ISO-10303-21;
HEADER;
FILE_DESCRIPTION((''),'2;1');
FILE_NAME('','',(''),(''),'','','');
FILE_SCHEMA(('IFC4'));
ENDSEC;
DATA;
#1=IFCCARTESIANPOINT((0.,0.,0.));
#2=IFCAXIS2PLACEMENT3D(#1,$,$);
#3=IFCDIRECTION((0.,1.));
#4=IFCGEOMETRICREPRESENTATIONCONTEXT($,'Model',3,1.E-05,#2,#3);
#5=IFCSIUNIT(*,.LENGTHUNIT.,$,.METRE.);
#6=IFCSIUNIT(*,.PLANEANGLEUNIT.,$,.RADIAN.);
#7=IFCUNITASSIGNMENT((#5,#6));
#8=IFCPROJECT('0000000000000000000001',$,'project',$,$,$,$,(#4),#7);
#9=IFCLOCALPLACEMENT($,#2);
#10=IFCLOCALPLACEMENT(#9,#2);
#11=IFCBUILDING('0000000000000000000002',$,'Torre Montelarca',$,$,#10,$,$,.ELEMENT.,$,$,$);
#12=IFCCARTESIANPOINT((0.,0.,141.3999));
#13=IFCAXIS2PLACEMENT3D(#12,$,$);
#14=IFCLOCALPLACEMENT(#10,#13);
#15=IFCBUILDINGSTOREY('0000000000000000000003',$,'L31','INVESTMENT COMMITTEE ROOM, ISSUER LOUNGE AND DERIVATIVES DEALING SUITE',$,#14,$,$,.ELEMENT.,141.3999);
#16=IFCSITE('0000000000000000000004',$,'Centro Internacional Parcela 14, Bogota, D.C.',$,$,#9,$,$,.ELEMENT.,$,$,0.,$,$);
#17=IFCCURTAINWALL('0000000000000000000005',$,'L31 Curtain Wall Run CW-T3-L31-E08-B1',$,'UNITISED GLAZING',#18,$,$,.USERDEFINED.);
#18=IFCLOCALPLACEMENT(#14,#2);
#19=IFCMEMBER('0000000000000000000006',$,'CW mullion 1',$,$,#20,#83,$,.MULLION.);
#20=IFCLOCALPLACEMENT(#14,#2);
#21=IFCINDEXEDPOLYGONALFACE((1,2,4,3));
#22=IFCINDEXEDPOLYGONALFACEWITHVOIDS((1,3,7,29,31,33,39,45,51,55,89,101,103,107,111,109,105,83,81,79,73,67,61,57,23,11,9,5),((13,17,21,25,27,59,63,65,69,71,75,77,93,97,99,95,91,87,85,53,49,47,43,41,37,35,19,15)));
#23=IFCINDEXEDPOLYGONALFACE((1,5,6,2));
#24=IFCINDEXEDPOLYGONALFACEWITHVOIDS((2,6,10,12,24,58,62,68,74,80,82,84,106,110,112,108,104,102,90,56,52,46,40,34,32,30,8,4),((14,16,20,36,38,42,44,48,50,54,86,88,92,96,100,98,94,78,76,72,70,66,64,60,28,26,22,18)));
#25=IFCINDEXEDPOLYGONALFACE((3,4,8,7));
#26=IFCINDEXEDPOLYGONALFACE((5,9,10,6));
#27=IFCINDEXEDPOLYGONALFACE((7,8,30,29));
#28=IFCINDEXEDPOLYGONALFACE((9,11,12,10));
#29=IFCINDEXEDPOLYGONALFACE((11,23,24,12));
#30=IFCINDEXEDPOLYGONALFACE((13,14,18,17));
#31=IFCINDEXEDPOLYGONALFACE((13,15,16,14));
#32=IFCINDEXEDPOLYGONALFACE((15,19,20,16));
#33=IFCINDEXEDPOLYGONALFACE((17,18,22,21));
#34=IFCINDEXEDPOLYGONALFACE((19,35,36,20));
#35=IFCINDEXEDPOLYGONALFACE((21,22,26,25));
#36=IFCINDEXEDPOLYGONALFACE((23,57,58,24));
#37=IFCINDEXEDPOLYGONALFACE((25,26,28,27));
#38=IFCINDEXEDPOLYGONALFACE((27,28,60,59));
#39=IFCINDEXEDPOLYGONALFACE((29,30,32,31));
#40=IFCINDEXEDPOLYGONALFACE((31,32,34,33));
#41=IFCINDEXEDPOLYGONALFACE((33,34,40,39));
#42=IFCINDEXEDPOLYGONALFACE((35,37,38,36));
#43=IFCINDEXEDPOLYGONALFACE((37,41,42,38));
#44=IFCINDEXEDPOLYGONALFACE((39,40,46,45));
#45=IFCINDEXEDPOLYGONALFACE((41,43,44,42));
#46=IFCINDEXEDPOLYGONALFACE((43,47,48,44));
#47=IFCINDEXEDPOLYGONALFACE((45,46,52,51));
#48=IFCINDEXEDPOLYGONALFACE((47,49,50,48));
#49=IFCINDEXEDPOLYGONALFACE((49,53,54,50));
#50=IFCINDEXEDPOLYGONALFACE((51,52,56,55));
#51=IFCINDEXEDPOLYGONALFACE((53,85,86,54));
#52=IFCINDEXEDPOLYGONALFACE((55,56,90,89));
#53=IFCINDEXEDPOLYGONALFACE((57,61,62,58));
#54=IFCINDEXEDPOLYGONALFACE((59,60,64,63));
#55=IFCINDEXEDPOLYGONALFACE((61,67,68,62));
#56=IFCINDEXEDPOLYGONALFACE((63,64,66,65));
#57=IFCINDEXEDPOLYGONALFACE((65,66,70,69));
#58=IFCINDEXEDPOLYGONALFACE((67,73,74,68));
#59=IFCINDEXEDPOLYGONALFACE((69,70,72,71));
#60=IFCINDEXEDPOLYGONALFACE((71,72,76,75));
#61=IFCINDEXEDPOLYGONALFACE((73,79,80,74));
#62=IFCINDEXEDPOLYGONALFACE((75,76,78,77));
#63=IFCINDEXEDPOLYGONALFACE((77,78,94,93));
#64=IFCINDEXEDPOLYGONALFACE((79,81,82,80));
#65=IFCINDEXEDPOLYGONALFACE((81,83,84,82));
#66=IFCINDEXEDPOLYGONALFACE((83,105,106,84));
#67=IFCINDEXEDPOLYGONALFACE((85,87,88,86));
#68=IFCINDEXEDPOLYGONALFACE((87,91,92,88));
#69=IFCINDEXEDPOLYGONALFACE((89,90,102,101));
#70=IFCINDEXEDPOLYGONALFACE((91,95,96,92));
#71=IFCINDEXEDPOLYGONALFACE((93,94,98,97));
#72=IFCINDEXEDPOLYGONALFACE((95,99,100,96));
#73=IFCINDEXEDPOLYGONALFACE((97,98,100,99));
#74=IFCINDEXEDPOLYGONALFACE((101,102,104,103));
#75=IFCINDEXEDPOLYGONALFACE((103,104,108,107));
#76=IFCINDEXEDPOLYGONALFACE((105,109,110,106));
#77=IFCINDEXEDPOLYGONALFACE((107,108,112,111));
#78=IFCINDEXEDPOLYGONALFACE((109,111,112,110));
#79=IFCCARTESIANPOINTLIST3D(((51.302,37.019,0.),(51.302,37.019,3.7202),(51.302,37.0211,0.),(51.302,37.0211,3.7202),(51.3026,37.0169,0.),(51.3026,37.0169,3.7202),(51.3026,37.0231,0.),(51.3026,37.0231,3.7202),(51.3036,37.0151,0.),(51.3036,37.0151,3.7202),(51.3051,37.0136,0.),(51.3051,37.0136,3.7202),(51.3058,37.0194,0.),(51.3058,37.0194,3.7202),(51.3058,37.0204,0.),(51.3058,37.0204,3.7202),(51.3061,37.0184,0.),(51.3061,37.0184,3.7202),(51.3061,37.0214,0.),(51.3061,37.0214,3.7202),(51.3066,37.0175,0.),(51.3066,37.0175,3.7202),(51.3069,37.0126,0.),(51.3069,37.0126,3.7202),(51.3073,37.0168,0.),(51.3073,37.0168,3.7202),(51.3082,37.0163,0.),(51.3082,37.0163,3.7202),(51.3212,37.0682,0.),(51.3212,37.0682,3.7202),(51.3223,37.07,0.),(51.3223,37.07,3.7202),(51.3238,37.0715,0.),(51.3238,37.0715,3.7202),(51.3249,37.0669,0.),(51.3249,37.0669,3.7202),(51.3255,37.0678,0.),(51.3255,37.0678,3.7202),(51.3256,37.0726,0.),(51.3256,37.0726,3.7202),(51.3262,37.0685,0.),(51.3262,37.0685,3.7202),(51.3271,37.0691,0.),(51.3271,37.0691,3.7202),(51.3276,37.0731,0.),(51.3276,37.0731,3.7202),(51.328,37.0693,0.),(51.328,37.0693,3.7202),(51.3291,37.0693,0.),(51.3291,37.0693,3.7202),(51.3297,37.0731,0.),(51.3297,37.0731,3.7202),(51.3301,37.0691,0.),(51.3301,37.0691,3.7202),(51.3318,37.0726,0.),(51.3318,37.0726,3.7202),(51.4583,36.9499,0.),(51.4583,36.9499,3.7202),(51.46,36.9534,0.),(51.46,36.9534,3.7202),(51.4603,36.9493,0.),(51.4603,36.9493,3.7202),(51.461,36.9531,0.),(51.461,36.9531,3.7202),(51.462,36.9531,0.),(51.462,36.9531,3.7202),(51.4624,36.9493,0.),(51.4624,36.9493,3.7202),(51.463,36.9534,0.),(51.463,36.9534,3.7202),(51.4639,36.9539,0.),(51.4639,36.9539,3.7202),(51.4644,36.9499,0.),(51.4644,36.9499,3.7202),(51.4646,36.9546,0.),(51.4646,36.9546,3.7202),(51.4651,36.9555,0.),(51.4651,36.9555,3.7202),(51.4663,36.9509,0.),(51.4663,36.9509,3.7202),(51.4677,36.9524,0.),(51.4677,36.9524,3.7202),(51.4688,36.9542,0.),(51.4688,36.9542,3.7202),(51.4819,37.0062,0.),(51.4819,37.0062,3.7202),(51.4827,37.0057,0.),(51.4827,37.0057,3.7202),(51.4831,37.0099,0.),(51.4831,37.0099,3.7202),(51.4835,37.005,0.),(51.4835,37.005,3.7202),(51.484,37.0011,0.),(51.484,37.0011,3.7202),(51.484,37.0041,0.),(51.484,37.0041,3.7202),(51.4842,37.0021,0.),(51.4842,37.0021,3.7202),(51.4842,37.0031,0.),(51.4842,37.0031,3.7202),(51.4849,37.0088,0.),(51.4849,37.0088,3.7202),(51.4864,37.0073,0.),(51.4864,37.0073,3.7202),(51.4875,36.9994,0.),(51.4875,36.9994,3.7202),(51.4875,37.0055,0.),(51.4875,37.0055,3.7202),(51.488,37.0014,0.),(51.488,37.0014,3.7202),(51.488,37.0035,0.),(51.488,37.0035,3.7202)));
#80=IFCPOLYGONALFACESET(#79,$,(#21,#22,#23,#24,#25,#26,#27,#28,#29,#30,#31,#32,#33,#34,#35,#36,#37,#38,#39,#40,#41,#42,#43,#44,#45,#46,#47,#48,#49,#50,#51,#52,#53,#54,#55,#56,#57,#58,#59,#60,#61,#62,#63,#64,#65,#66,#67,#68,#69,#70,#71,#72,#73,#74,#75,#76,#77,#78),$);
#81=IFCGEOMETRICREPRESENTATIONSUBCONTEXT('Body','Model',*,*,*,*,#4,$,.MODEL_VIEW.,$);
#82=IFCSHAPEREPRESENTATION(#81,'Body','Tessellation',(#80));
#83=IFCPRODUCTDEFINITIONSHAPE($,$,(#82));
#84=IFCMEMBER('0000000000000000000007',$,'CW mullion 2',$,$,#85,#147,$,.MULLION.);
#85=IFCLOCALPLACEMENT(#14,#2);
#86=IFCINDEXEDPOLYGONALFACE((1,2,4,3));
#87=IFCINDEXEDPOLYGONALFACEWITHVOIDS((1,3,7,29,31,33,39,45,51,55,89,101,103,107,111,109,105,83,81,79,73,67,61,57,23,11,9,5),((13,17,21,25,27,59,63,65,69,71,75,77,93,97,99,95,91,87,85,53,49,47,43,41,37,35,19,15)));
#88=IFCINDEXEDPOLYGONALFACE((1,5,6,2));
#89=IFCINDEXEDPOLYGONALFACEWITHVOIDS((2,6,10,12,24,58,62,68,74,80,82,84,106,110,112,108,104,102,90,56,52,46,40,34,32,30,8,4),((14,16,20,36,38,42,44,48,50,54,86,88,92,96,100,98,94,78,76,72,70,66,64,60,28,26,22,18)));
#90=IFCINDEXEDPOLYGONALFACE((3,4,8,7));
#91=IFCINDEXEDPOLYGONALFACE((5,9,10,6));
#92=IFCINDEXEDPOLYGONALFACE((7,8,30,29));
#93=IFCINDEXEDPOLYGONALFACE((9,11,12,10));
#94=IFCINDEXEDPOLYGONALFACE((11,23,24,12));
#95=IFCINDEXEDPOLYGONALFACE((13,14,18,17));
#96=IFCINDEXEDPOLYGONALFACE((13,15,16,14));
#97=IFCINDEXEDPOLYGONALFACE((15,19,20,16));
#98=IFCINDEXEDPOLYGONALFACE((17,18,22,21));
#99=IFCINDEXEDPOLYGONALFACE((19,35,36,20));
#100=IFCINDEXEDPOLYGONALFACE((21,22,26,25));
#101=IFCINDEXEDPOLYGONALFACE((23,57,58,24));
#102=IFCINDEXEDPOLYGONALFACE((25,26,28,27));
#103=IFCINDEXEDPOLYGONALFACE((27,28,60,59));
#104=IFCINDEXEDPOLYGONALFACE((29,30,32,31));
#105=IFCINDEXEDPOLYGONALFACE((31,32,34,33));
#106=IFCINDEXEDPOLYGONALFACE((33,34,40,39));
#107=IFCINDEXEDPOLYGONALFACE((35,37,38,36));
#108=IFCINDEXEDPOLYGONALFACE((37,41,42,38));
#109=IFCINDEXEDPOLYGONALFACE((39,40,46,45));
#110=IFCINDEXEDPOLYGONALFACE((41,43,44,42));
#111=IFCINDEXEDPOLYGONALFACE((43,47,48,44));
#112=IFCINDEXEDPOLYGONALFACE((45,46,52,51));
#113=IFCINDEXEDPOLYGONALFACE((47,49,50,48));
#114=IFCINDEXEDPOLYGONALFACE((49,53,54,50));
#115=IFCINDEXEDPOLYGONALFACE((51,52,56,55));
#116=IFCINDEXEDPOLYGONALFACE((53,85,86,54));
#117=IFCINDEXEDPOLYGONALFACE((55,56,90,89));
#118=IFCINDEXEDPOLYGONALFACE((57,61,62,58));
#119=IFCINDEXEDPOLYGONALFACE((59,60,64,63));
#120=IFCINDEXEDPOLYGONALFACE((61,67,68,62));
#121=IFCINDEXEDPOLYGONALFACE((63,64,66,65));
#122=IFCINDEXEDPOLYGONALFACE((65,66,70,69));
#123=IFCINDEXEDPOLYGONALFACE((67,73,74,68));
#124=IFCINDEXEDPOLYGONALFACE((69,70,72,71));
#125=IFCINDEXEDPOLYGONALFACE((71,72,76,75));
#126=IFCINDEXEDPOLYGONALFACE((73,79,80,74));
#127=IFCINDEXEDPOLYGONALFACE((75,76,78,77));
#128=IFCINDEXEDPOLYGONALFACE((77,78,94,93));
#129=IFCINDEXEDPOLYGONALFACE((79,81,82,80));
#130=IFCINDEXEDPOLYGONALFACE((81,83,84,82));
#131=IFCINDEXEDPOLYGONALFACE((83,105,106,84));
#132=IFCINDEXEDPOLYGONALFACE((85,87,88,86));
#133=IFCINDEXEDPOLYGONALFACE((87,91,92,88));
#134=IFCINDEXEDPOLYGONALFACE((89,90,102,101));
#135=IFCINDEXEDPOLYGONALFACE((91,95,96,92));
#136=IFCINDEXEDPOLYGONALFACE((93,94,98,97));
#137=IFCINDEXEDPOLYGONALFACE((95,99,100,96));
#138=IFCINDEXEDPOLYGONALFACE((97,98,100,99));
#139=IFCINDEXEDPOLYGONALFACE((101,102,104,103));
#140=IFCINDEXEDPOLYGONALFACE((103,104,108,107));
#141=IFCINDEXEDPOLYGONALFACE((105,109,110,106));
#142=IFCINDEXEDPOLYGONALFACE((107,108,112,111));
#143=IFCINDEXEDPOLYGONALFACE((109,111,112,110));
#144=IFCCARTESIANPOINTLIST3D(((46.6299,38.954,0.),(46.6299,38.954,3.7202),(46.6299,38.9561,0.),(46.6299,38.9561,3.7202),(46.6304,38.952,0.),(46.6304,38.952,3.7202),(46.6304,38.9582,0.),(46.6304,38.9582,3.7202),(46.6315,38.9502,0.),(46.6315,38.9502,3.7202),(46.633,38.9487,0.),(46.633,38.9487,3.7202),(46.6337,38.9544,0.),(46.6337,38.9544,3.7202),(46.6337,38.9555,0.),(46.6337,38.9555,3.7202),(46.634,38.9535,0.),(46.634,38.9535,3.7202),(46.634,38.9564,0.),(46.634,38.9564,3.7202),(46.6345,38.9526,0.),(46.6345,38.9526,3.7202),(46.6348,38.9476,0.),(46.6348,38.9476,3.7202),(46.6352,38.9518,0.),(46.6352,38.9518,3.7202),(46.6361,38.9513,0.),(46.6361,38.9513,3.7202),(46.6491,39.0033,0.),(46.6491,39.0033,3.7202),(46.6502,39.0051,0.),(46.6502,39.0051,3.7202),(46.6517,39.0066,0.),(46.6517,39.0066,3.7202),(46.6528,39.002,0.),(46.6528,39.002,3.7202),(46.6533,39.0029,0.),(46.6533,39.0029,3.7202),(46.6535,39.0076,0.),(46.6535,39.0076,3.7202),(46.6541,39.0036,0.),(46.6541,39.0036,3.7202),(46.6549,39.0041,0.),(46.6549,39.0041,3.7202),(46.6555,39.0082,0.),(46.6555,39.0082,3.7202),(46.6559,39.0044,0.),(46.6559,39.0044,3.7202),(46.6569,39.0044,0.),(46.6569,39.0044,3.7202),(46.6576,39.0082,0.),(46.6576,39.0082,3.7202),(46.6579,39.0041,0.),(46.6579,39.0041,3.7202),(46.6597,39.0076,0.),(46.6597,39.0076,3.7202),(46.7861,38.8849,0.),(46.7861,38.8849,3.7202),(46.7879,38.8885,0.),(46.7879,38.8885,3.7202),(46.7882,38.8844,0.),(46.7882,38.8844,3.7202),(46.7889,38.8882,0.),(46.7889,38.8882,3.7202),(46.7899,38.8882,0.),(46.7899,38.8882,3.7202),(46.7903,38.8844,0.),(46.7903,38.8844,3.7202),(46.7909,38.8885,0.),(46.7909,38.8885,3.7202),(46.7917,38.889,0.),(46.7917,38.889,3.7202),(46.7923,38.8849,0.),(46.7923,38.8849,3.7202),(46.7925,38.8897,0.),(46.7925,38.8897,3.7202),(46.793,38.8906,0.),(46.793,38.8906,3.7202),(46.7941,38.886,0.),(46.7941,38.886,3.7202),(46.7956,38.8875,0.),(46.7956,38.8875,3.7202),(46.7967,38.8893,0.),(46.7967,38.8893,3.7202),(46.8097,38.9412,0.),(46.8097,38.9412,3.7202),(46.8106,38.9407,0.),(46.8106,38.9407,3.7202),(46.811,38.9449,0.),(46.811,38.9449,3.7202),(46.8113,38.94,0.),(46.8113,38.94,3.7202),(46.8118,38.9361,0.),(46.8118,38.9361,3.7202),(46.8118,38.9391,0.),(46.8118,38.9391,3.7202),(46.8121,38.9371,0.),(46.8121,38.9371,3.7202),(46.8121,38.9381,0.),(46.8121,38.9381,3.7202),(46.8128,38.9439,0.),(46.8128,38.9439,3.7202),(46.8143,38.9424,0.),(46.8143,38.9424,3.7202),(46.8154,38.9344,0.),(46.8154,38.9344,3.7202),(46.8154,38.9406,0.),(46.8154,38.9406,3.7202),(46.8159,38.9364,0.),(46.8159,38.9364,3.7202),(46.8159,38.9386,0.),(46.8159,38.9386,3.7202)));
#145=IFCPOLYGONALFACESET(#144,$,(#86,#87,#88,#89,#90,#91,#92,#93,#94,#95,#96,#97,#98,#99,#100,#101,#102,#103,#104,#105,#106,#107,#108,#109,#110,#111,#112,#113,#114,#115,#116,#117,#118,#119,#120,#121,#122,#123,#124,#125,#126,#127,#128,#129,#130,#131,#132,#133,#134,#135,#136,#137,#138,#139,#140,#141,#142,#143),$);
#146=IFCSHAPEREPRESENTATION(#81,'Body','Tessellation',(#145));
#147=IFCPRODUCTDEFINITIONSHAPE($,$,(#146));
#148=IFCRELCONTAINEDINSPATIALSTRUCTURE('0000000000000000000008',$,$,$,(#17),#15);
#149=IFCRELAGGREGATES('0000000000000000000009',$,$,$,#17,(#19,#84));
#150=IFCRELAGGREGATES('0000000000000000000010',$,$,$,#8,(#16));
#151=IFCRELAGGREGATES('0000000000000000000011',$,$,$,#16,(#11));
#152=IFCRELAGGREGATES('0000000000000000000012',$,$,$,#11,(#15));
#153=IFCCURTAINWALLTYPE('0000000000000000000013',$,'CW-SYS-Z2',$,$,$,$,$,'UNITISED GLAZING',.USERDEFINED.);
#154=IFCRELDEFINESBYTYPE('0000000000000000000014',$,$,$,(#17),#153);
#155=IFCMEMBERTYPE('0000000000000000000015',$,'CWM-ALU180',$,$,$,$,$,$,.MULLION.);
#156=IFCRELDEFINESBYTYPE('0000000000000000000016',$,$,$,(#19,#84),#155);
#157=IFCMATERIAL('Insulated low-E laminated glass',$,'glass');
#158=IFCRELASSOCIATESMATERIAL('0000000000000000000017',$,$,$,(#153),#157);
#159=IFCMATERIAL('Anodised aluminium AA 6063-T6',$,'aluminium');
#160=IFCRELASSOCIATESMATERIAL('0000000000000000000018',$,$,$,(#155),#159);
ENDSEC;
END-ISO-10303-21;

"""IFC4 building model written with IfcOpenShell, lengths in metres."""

from ifc_helpers import new_model, si_unit, direction, frame, origin, origin_2d, place, context, subcontext, project, spatial, hollow_rectangle, extrude, source, transform, mapped, material, material_profile, profile_set, type_object, element, aggregate, save


model = new_model("IFC4")

# Units and contexts
model_context = context("Model", 3, precision=1e-05, world=origin(), true_north=direction((0.0, 1.0)))
body_context = subcontext(model_context, "Body", "Model", "MODEL_VIEW")
ifc_project = project(units=[si_unit("LENGTHUNIT", "METRE"), si_unit("PLANEANGLEUNIT", "RADIAN")], contexts=[model_context])

# Site, building, storey
site_placement = place(None, origin())
site = spatial("IfcSite", under=ifc_project, at=site_placement, Name="Centro Internacional Parcela 14, Bogota, D.C.", CompositionType="ELEMENT", RefElevation=0.0)
building_placement = place(site_placement, origin())
building = spatial("IfcBuilding", under=site, at=building_placement, Name="Torre Montelarca", CompositionType="ELEMENT")
storey_placement = place(building_placement, frame((0.0, 0.0, 141.3999)))
storey = spatial("IfcBuildingStorey", under=building, at=storey_placement, Name="L31", Description="INVESTMENT COMMITTEE ROOM, ISSUER LOUNGE AND DERIVATIVES DEALING SUITE", CompositionType="ELEMENT", Elevation=141.3999)

# Shared definitions
ifc_material_1 = material(Name="Insulated low-E laminated glass", Category="glass")
curtain_wall_type = type_object("IfcCurtainWallType", Name="CW-SYS-Z2", ElementType="UNITISED GLAZING", PredefinedType="USERDEFINED", material=ifc_material_1)
ifc_material_2 = material(Name="Anodised aluminium AA 6063-T6", Category="aluminium")

# Shared definitions
ifc_material_profile_1 = material_profile(ifc_material_2, hollow_rectangle(XDim=0.0649, YDim=0.1799, WallThickness=0.0039, InnerFilletRadius=0.0039, OuterFilletRadius=0.0081, at=origin_2d()), Name="ALU65X180X4", Category="aluminium")
ifc_profile_set_1 = profile_set([ifc_material_profile_1], Name="Anodised aluminium AA 6063-T6")
member_type_1 = type_object("IfcMemberType", Name="CWM-ALU180", PredefinedType="MULLION", material=ifc_profile_set_1)
shared_shape_1 = source(origin(), body_context, "Body", "SweptSolid", [
    extrude(hollow_rectangle(XDim=0.0649, YDim=0.1799, WallThickness=0.0039, InnerFilletRadius=0.0039, OuterFilletRadius=0.0081, at=origin_2d()), origin(), (0.0, 0.0, 1.0), 3.7202),
])

# Curtain wall, members
curtain_wall_1_placement = place(storey_placement, origin())
curtain_wall_1 = element("IfcCurtainWall", 1, at=curtain_wall_1_placement, inside=storey, type_object=curtain_wall_type, Name="L31 Curtain Wall Run CW-T3-L31-E08-B1", ObjectType="UNITISED GLAZING", PredefinedType="USERDEFINED")
member_1_placement = place(storey_placement, frame((51.395, 37.0112, 0.0), z_axis=(0.0, 0.0, 1.0), x_axis=(-0.382681, -0.923881, 0.0)))
member_1 = element("IfcMember", 2, at=member_1_placement, type_object=member_type_1, Name="CW mullion 1", PredefinedType="MULLION", context=body_context, shape_type="MappedRepresentation", body=[
    mapped(shared_shape_1, transform((0.0, 0.0, 0.0), scale=1.0)),
])
member_2_placement = place(storey_placement, frame((46.7229, 38.9463, 0.0), z_axis=(0.0, 0.0, 1.0), x_axis=(-0.382681, -0.923881, 0.0)))
member_2 = element("IfcMember", 3, at=member_2_placement, type_object=member_type_1, Name="CW mullion 2", PredefinedType="MULLION", context=body_context, shape_type="MappedRepresentation", body=[
    mapped(shared_shape_1, transform((0.0, 0.0, 0.0), scale=1.0)),
])

aggregate(curtain_wall_1, [member_1, member_2])

save(model, "model.ifc")
